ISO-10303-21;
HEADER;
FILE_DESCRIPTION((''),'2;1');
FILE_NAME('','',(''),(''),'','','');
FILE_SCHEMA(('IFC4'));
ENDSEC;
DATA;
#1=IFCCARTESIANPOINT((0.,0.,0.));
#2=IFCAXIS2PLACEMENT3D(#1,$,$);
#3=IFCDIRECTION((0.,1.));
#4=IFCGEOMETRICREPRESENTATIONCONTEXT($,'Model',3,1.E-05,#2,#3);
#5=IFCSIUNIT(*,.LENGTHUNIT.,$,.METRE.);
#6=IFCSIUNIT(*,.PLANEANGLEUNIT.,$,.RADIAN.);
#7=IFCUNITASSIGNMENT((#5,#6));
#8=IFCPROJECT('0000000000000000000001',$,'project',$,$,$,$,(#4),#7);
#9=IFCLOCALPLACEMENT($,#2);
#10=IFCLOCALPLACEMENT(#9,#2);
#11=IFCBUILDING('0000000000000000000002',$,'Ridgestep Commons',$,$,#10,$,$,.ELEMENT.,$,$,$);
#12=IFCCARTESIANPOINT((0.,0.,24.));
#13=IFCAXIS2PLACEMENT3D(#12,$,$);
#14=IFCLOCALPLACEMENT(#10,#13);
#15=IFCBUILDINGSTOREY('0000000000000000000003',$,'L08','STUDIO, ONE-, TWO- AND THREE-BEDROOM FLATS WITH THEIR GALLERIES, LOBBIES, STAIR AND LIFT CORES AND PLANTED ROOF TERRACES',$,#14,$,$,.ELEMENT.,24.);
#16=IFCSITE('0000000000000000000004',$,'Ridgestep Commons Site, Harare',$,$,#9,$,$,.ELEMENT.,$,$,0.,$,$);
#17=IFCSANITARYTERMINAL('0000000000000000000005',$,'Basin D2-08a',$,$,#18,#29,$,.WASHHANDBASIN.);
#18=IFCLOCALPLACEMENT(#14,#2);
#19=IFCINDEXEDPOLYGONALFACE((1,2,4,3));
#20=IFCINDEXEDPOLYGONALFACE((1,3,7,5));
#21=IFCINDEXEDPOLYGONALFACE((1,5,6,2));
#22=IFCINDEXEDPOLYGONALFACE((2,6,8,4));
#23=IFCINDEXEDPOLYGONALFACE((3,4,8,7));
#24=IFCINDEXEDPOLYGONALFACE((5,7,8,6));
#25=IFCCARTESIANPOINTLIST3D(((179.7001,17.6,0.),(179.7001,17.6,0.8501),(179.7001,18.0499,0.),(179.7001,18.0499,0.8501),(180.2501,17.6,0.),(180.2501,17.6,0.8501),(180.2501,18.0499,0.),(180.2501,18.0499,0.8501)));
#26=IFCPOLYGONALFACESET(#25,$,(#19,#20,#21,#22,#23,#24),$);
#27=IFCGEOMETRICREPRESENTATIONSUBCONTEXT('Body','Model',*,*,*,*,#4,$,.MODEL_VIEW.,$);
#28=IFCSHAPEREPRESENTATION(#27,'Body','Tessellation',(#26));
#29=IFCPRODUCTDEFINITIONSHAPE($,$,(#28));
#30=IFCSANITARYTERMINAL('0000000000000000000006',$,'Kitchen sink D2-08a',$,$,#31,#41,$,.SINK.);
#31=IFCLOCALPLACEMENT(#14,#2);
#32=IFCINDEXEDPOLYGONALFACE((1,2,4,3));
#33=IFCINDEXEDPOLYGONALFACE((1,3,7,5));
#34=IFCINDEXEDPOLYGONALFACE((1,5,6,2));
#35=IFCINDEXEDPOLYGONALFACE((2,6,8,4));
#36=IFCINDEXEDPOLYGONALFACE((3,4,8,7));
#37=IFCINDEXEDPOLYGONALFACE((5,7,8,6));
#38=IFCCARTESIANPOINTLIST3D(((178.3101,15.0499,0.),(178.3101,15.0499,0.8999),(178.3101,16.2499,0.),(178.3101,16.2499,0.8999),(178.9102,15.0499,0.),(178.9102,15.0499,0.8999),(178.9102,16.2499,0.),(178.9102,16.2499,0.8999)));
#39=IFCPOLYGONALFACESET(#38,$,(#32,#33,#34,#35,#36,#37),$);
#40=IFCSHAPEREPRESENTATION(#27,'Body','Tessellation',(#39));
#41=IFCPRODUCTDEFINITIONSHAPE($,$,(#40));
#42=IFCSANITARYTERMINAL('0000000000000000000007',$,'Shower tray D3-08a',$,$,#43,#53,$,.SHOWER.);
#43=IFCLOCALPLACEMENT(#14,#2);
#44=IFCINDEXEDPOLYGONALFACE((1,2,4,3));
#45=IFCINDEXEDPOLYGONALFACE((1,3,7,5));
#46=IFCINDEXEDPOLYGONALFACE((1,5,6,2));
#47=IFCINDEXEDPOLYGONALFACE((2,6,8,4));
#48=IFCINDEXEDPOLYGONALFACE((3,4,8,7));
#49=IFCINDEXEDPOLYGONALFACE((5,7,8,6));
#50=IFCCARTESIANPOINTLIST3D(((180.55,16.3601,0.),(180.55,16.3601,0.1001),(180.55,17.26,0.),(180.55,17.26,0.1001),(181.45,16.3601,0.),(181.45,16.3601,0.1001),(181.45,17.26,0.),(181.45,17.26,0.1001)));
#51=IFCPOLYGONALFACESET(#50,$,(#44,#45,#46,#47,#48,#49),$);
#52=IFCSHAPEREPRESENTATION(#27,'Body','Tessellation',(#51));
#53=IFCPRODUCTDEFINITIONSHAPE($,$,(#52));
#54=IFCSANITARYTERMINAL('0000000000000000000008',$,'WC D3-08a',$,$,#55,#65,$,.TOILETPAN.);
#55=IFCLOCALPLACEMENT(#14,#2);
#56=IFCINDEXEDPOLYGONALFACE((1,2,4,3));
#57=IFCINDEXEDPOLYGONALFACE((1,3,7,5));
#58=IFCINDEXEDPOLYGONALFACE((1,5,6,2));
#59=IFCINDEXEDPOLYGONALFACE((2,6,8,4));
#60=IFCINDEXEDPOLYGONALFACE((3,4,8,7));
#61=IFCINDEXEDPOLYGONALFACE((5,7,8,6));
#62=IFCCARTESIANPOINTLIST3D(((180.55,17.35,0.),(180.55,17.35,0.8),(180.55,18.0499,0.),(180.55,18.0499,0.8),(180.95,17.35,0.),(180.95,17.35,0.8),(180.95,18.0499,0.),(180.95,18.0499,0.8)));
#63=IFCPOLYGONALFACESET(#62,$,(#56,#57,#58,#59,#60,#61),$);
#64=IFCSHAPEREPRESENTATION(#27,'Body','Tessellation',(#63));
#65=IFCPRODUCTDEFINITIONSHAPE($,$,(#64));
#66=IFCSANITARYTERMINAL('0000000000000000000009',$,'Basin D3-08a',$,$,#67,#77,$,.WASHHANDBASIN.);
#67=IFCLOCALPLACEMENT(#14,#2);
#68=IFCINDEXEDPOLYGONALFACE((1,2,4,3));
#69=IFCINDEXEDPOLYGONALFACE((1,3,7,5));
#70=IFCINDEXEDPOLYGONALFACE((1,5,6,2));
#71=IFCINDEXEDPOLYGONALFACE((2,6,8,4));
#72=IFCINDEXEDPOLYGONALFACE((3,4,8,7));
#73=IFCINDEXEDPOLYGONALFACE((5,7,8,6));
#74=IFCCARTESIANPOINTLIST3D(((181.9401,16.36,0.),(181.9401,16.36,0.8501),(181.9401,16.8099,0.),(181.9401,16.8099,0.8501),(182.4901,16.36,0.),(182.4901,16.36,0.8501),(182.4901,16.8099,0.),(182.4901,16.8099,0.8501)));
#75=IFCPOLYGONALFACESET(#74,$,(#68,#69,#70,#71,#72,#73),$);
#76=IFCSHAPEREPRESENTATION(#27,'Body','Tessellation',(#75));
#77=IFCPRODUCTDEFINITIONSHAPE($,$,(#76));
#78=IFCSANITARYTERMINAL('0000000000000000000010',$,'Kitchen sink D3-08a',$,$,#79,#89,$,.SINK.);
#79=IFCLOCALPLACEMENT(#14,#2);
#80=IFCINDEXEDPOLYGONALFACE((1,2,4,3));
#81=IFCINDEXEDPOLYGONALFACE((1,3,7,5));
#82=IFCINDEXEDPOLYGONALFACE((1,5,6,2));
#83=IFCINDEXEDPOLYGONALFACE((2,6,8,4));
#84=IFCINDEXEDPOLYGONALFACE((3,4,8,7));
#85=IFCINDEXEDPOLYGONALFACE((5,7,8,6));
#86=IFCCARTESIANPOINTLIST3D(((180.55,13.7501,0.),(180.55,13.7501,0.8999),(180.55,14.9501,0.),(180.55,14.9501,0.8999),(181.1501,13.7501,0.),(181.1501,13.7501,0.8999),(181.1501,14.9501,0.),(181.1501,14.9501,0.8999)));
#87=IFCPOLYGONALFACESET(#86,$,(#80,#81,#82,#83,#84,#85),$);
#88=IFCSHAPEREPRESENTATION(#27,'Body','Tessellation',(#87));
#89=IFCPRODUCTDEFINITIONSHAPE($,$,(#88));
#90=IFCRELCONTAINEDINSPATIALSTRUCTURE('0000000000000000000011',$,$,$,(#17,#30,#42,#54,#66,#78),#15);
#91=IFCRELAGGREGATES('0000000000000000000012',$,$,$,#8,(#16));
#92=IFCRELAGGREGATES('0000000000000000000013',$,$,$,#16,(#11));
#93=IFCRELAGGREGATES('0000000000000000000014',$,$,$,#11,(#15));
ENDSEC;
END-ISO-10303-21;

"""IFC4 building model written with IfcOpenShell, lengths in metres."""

from ifc_helpers import new_model, si_unit, direction, frame, origin, origin_2d, place, context, subcontext, project, spatial, rectangle, extrude, element, save


model = new_model("IFC4")

# Units and contexts
model_context = context("Model", 3, precision=1e-05, world=origin(), true_north=direction((0.0, 1.0)))
body_context = subcontext(model_context, "Body", "Model", "MODEL_VIEW")
ifc_project = project(units=[si_unit("LENGTHUNIT", "METRE"), si_unit("PLANEANGLEUNIT", "RADIAN")], contexts=[model_context])

# Site, building, storey
site_placement = place(None, origin())
site = spatial("IfcSite", under=ifc_project, at=site_placement, Name="Ridgestep Commons Site, Harare", CompositionType="ELEMENT", RefElevation=0.0)
building_placement = place(site_placement, origin())
building = spatial("IfcBuilding", under=site, at=building_placement, Name="Ridgestep Commons", CompositionType="ELEMENT")
storey_placement = place(building_placement, frame((0.0, 0.0, 24.0)))
storey = spatial("IfcBuildingStorey", under=building, at=storey_placement, Name="L08", Description="STUDIO, ONE-, TWO- AND THREE-BEDROOM FLATS WITH THEIR GALLERIES, LOBBIES, STAIR AND LIFT CORES AND PLANTED ROOF TERRACES", CompositionType="ELEMENT", Elevation=24.0)

# Sanitary terminals
sanitary_terminal_1_placement = place(storey_placement, frame((179.9751, 17.825, 0.0), z_axis=(0.0, 0.0, 1.0), x_axis=(1.0, 0.0, 0.0)))
element("IfcSanitaryTerminal", 1, at=sanitary_terminal_1_placement, inside=storey, Name="Basin D2-08a", PredefinedType="WASHHANDBASIN", context=body_context, shape_type="SweptSolid", body=[
    extrude(rectangle(XDim=0.55, YDim=0.45, at=origin_2d()), origin(), (0.0, 0.0, 1.0), 0.8501),
])
sanitary_terminal_2_placement = place(storey_placement, frame((178.6101, 15.6499, 0.0), z_axis=(0.0, 0.0, 1.0), x_axis=(1.0, 0.0, 0.0)))
element("IfcSanitaryTerminal", 2, at=sanitary_terminal_2_placement, inside=storey, Name="Kitchen sink D2-08a", PredefinedType="SINK", context=body_context, shape_type="SweptSolid", body=[
    extrude(rectangle(XDim=0.6001, YDim=1.2, at=origin_2d()), origin(), (0.0, 0.0, 1.0), 0.8999),
])
sanitary_terminal_3_placement = place(storey_placement, frame((181.0, 16.8101, 0.0), z_axis=(0.0, 0.0, 1.0), x_axis=(1.0, 0.0, 0.0)))
element("IfcSanitaryTerminal", 3, at=sanitary_terminal_3_placement, inside=storey, Name="Shower tray D3-08a", PredefinedType="SHOWER", context=body_context, shape_type="SweptSolid", body=[
    extrude(rectangle(XDim=0.8999, YDim=0.8999, at=origin_2d()), origin(), (0.0, 0.0, 1.0), 0.1001),
])
sanitary_terminal_4_placement = place(storey_placement, frame((180.75, 17.7, 0.0), z_axis=(0.0, 0.0, 1.0), x_axis=(1.0, 0.0, 0.0)))
element("IfcSanitaryTerminal", 4, at=sanitary_terminal_4_placement, inside=storey, Name="WC D3-08a", PredefinedType="TOILETPAN", context=body_context, shape_type="SweptSolid", body=[
    extrude(rectangle(XDim=0.3999, YDim=0.7, at=origin_2d()), origin(), (0.0, 0.0, 1.0), 0.8),
])
sanitary_terminal_5_placement = place(storey_placement, frame((182.2151, 16.585, 0.0), z_axis=(0.0, 0.0, 1.0), x_axis=(1.0, 0.0, 0.0)))
element("IfcSanitaryTerminal", 5, at=sanitary_terminal_5_placement, inside=storey, Name="Basin D3-08a", PredefinedType="WASHHANDBASIN", context=body_context, shape_type="SweptSolid", body=[
    extrude(rectangle(XDim=0.55, YDim=0.45, at=origin_2d()), origin(), (0.0, 0.0, 1.0), 0.8501),
])
sanitary_terminal_6_placement = place(storey_placement, frame((180.8501, 14.3501, 0.0), z_axis=(0.0, 0.0, 1.0), x_axis=(1.0, 0.0, 0.0)))
element("IfcSanitaryTerminal", 6, at=sanitary_terminal_6_placement, inside=storey, Name="Kitchen sink D3-08a", PredefinedType="SINK", context=body_context, shape_type="SweptSolid", body=[
    extrude(rectangle(XDim=0.6001, YDim=1.2, at=origin_2d()), origin(), (0.0, 0.0, 1.0), 0.8999),
])

save(model, "model.ifc")
